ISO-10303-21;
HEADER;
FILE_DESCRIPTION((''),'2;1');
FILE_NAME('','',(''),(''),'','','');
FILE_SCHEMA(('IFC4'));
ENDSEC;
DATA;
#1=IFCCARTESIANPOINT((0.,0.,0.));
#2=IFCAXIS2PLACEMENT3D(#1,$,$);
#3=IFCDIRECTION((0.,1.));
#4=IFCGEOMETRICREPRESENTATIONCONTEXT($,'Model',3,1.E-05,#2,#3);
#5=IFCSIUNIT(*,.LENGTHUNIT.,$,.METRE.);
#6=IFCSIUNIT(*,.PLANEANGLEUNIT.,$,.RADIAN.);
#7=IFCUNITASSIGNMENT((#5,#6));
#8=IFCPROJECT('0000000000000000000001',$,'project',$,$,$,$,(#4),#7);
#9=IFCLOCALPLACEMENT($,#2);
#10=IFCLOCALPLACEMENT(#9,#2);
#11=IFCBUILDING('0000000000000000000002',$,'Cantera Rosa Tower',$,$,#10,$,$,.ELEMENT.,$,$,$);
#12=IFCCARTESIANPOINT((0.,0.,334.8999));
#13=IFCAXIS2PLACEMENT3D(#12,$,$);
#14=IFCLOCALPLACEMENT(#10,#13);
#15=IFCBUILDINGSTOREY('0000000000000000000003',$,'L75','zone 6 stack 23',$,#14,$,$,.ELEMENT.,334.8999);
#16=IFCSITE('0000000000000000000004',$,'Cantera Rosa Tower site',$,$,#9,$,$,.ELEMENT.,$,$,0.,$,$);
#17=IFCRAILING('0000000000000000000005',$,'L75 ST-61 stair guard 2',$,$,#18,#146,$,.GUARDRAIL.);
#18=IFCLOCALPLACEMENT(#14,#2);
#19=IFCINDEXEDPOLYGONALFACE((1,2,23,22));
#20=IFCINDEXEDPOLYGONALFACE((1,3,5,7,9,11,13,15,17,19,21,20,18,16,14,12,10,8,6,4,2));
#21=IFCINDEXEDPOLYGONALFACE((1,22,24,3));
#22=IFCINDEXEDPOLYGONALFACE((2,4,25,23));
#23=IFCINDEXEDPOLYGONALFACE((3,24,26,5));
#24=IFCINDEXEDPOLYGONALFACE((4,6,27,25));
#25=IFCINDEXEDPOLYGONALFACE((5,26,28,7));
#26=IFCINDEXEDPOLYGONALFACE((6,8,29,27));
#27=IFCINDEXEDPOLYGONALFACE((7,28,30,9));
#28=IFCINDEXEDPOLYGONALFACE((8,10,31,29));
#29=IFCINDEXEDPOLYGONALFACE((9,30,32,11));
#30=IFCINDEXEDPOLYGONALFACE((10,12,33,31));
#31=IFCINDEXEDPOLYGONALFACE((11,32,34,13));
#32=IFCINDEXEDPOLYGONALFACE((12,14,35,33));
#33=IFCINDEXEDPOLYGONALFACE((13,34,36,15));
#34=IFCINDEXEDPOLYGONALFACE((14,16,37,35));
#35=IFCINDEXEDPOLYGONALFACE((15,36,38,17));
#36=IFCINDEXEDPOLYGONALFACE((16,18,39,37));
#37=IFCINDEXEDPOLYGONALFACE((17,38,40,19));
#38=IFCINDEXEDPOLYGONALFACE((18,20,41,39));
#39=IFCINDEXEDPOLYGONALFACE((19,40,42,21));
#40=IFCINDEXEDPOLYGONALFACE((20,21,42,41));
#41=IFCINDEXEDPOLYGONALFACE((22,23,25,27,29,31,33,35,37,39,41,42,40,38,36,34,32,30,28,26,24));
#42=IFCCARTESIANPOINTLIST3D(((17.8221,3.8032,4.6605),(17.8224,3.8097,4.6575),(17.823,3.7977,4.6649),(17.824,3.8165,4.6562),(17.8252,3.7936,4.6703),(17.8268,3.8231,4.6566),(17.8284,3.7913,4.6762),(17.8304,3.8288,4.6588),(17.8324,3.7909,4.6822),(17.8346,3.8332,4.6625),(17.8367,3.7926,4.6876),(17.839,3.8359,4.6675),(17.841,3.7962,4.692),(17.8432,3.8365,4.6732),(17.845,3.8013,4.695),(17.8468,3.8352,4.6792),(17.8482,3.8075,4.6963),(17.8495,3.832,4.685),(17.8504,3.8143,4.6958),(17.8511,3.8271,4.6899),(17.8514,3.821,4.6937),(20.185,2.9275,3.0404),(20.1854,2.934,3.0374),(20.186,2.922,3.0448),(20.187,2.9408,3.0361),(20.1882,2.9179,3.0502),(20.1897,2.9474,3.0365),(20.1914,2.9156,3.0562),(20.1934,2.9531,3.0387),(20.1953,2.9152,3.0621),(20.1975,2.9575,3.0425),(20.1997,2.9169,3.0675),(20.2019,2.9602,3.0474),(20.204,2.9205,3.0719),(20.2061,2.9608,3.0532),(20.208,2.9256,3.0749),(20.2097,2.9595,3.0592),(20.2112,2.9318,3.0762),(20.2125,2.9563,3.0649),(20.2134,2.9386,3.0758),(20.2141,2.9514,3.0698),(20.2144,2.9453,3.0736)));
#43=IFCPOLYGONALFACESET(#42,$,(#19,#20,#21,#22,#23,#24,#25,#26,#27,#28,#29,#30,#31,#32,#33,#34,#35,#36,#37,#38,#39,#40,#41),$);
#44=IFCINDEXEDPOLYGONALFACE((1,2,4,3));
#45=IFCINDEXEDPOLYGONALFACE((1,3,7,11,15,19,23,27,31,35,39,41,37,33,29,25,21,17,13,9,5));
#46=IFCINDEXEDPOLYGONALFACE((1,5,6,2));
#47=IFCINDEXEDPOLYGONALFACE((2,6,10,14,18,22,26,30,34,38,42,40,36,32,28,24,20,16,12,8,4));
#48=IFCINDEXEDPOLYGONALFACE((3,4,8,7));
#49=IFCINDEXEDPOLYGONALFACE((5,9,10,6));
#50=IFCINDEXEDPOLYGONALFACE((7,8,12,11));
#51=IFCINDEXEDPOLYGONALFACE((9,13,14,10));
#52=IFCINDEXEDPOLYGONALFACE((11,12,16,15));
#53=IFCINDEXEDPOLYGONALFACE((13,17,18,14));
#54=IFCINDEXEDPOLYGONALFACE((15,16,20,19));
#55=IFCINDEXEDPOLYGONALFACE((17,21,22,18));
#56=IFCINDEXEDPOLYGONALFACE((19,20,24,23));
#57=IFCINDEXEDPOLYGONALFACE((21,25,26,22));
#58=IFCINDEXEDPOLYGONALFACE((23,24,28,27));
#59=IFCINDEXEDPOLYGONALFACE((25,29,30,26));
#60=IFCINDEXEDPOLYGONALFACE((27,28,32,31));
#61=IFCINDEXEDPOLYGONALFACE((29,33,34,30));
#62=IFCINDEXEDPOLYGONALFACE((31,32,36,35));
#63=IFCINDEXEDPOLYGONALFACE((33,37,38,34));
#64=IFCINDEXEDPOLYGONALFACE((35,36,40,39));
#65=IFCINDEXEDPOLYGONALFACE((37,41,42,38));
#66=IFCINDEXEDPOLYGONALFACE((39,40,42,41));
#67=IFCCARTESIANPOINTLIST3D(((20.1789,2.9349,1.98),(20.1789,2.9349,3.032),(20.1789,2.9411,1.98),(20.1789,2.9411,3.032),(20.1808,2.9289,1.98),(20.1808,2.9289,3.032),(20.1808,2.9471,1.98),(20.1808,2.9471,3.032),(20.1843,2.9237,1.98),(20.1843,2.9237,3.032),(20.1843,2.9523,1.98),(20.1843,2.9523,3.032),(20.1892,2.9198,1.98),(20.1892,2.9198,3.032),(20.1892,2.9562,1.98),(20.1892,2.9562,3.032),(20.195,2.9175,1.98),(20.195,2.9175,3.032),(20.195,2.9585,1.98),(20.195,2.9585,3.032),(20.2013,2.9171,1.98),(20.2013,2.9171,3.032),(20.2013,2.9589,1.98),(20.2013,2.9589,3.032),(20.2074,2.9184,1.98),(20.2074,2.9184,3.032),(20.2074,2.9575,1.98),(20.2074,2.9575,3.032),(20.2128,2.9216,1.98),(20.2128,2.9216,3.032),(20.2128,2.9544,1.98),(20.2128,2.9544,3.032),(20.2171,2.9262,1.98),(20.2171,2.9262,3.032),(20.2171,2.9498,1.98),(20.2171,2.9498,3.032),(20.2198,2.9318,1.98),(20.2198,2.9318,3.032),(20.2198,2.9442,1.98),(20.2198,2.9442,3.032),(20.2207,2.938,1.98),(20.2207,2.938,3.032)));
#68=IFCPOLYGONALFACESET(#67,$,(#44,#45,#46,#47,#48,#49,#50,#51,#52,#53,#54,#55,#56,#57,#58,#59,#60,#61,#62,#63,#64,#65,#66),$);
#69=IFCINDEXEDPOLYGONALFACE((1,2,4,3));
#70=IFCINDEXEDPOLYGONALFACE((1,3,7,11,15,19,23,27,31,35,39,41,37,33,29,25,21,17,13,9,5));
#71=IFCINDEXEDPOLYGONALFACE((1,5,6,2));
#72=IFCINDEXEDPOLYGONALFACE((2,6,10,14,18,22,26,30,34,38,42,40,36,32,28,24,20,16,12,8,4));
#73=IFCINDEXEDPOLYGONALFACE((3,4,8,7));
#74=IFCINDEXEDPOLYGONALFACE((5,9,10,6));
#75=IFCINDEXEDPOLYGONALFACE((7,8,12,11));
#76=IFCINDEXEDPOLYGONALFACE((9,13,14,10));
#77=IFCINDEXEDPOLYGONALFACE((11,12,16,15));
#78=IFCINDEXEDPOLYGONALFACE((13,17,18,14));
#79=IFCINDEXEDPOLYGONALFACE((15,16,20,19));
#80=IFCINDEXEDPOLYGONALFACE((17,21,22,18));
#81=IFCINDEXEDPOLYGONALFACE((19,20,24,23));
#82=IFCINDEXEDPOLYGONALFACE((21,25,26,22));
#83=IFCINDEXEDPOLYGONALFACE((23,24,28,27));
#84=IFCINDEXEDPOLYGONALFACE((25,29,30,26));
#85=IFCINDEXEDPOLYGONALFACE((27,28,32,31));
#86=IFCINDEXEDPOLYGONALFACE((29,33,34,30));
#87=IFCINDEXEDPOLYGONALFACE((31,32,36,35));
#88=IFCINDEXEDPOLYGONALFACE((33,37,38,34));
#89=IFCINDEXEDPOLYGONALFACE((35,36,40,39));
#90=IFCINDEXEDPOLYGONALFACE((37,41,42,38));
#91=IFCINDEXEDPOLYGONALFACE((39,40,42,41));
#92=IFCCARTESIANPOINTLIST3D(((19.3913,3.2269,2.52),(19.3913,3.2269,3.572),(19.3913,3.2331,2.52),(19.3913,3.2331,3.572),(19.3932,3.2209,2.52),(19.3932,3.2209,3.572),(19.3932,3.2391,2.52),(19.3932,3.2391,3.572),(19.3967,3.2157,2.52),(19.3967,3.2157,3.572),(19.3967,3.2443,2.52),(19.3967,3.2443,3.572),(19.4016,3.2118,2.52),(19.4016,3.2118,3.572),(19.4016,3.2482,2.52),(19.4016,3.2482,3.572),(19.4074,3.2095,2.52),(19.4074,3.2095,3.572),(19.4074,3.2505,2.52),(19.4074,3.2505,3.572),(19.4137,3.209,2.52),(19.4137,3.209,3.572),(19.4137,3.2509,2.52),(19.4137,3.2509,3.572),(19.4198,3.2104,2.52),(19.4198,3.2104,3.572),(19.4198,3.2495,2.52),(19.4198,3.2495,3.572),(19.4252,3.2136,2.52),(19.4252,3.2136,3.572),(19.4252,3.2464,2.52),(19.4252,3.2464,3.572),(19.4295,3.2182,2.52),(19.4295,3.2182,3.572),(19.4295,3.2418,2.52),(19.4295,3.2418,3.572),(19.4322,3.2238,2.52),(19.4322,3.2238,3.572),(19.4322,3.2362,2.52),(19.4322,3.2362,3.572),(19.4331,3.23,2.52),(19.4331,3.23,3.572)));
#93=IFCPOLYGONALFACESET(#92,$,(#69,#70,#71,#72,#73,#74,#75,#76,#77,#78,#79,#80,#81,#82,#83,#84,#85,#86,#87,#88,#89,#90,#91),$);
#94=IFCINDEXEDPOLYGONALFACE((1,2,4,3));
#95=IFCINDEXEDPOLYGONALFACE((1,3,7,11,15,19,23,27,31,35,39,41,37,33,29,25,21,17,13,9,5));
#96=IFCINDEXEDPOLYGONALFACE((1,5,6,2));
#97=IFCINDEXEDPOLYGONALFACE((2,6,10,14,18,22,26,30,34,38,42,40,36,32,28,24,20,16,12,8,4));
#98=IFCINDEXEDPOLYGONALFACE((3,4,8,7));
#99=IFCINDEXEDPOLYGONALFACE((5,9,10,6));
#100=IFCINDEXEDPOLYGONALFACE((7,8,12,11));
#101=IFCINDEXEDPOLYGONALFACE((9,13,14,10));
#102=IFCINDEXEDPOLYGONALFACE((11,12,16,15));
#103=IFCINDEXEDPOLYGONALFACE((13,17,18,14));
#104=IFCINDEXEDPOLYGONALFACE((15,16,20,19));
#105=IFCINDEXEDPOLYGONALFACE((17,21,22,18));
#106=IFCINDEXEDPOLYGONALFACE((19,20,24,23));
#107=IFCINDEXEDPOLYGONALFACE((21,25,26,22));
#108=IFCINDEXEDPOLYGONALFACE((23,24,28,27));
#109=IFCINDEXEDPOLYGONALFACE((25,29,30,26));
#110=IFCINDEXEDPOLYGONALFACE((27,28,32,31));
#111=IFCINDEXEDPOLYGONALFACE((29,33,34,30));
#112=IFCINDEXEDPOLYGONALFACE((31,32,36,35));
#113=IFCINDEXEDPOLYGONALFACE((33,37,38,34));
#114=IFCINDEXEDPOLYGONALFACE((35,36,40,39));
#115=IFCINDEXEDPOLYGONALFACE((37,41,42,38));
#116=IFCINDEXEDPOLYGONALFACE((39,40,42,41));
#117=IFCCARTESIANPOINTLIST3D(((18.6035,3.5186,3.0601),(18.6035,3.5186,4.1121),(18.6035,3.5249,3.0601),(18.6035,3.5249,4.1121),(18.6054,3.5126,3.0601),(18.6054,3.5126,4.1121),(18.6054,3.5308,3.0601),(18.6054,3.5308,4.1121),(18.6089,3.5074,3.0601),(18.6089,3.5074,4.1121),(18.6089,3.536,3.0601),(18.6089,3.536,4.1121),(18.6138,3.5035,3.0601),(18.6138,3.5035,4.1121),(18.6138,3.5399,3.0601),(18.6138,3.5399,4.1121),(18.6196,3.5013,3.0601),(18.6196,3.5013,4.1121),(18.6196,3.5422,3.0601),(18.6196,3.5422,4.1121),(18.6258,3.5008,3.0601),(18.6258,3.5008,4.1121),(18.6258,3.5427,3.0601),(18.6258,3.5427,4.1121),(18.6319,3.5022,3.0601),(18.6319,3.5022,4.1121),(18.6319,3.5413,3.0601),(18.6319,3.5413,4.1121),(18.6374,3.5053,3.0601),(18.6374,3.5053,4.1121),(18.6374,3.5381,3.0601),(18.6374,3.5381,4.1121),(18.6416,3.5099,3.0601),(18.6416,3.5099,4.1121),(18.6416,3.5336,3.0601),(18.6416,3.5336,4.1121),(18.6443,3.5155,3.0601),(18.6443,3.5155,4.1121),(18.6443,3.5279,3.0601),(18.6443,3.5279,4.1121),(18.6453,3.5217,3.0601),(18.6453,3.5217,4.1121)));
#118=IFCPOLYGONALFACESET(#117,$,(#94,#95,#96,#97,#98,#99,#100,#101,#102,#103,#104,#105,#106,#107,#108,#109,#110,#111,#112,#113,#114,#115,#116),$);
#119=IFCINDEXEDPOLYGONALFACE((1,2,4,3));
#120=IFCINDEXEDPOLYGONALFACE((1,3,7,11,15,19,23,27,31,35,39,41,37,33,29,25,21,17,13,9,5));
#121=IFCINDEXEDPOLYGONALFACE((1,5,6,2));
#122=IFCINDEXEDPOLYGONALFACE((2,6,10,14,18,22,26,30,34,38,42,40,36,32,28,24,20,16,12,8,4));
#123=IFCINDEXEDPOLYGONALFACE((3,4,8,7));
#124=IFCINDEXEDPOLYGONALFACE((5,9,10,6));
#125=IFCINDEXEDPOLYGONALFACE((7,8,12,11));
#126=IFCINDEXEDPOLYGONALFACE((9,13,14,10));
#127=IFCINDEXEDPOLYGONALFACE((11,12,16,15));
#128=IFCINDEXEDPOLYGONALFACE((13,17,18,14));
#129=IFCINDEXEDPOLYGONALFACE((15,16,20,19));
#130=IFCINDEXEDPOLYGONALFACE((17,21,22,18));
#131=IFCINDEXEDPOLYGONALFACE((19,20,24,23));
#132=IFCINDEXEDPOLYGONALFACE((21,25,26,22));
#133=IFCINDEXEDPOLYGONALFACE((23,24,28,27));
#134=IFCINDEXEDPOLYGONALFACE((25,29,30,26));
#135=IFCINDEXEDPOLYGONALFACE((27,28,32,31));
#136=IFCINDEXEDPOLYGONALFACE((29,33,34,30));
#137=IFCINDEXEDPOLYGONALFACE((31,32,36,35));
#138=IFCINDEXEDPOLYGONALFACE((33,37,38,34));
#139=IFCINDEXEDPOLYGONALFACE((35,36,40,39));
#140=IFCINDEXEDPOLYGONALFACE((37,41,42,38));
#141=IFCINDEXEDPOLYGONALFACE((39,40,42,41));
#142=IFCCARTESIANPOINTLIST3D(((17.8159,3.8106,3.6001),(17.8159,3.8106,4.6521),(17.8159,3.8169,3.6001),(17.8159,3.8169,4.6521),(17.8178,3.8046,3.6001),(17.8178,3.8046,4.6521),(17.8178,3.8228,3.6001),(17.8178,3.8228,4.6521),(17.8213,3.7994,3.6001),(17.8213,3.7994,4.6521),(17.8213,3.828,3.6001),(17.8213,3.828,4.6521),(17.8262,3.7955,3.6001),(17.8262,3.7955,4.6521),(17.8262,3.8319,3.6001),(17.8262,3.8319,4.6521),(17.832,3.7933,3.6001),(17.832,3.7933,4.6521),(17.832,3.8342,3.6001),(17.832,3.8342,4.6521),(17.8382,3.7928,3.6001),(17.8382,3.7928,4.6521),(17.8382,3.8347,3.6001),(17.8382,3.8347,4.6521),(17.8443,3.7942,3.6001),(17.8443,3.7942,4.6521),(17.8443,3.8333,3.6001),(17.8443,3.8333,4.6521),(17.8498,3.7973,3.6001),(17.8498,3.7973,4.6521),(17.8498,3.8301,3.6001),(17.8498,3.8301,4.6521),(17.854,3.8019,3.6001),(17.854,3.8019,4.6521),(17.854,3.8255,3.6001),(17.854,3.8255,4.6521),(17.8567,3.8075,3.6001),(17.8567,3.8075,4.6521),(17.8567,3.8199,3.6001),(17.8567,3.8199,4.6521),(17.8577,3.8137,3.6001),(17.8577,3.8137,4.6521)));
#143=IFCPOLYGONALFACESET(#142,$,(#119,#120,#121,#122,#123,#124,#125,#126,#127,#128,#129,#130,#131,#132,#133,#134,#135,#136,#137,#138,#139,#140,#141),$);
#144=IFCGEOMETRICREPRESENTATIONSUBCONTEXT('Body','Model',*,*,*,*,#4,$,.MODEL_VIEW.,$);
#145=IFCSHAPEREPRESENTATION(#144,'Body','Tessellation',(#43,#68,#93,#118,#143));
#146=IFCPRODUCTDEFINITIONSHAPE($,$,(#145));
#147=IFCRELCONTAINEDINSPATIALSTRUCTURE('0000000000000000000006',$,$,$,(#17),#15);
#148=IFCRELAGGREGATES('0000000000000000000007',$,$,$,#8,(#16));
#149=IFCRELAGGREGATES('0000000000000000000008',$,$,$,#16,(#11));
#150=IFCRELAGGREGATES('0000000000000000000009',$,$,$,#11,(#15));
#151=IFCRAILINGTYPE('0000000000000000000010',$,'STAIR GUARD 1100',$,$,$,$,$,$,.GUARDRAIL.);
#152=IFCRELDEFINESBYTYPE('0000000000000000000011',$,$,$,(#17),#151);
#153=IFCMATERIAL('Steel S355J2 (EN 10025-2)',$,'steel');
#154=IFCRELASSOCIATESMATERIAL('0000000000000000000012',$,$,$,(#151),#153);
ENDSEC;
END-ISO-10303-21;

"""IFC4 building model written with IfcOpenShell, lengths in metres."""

from ifc_helpers import new_model, si_unit, direction, frame, origin, origin_2d, place, context, subcontext, project, spatial, circle, extrude, material, type_object, element, save


model = new_model("IFC4")

# Units and contexts
model_context = context("Model", 3, precision=1e-05, world=origin(), true_north=direction((0.0, 1.0)))
body_context = subcontext(model_context, "Body", "Model", "MODEL_VIEW")
ifc_project = project(units=[si_unit("LENGTHUNIT", "METRE"), si_unit("PLANEANGLEUNIT", "RADIAN")], contexts=[model_context])

# Site, building, storey
site_placement = place(None, origin())
site = spatial("IfcSite", under=ifc_project, at=site_placement, Name="Cantera Rosa Tower site", CompositionType="ELEMENT", RefElevation=0.0)
building_placement = place(site_placement, origin())
building = spatial("IfcBuilding", under=site, at=building_placement, Name="Cantera Rosa Tower", CompositionType="ELEMENT")
storey_placement = place(building_placement, frame((0.0, 0.0, 334.8999)))
storey = spatial("IfcBuildingStorey", under=building, at=storey_placement, Name="L75", Description="zone 6 stack 23", CompositionType="ELEMENT", Elevation=334.8999)

# Railing
ifc_material_1 = material(Name="Steel S355J2 (EN 10025-2)", Category="steel")
railing_type_1 = type_object("IfcRailingType", Name="STAIR GUARD 1100", PredefinedType="GUARDRAIL", material=ifc_material_1)
railing_1_placement = place(storey_placement, frame((20.1997, 2.938, 1.98)))
element("IfcRailing", 1, at=railing_1_placement, inside=storey, type_object=railing_type_1, Name="L75 ST-61 stair guard 2", PredefinedType="GUARDRAIL", context=body_context, shape_type="SweptSolid", body=[
    extrude(circle(Radius=0.0239, at=origin_2d()), frame((0.0, 0.0, 1.0762), z_axis=(-0.788748, 0.292307, 0.540772), x_axis=(-0.347501, -0.93768, 0.0)), (0.0, 0.0, 1.0), 2.9958),
    extrude(circle(Radius=0.021, at=origin_2d()), origin(), (0.0, 0.0, 1.0), 1.052),
    extrude(circle(Radius=0.021, at=origin_2d()), frame((-0.7876, 0.292, 0.54)), (0.0, 0.0, 1.0), 1.052),
    extrude(circle(Radius=0.021, at=origin_2d()), frame((-1.5754, 0.5837, 1.0801)), (0.0, 0.0, 1.0), 1.052),
    extrude(circle(Radius=0.021, at=origin_2d()), frame((-2.363, 0.8757, 1.6201)), (0.0, 0.0, 1.0), 1.052),
])

save(model, "model.ifc")
